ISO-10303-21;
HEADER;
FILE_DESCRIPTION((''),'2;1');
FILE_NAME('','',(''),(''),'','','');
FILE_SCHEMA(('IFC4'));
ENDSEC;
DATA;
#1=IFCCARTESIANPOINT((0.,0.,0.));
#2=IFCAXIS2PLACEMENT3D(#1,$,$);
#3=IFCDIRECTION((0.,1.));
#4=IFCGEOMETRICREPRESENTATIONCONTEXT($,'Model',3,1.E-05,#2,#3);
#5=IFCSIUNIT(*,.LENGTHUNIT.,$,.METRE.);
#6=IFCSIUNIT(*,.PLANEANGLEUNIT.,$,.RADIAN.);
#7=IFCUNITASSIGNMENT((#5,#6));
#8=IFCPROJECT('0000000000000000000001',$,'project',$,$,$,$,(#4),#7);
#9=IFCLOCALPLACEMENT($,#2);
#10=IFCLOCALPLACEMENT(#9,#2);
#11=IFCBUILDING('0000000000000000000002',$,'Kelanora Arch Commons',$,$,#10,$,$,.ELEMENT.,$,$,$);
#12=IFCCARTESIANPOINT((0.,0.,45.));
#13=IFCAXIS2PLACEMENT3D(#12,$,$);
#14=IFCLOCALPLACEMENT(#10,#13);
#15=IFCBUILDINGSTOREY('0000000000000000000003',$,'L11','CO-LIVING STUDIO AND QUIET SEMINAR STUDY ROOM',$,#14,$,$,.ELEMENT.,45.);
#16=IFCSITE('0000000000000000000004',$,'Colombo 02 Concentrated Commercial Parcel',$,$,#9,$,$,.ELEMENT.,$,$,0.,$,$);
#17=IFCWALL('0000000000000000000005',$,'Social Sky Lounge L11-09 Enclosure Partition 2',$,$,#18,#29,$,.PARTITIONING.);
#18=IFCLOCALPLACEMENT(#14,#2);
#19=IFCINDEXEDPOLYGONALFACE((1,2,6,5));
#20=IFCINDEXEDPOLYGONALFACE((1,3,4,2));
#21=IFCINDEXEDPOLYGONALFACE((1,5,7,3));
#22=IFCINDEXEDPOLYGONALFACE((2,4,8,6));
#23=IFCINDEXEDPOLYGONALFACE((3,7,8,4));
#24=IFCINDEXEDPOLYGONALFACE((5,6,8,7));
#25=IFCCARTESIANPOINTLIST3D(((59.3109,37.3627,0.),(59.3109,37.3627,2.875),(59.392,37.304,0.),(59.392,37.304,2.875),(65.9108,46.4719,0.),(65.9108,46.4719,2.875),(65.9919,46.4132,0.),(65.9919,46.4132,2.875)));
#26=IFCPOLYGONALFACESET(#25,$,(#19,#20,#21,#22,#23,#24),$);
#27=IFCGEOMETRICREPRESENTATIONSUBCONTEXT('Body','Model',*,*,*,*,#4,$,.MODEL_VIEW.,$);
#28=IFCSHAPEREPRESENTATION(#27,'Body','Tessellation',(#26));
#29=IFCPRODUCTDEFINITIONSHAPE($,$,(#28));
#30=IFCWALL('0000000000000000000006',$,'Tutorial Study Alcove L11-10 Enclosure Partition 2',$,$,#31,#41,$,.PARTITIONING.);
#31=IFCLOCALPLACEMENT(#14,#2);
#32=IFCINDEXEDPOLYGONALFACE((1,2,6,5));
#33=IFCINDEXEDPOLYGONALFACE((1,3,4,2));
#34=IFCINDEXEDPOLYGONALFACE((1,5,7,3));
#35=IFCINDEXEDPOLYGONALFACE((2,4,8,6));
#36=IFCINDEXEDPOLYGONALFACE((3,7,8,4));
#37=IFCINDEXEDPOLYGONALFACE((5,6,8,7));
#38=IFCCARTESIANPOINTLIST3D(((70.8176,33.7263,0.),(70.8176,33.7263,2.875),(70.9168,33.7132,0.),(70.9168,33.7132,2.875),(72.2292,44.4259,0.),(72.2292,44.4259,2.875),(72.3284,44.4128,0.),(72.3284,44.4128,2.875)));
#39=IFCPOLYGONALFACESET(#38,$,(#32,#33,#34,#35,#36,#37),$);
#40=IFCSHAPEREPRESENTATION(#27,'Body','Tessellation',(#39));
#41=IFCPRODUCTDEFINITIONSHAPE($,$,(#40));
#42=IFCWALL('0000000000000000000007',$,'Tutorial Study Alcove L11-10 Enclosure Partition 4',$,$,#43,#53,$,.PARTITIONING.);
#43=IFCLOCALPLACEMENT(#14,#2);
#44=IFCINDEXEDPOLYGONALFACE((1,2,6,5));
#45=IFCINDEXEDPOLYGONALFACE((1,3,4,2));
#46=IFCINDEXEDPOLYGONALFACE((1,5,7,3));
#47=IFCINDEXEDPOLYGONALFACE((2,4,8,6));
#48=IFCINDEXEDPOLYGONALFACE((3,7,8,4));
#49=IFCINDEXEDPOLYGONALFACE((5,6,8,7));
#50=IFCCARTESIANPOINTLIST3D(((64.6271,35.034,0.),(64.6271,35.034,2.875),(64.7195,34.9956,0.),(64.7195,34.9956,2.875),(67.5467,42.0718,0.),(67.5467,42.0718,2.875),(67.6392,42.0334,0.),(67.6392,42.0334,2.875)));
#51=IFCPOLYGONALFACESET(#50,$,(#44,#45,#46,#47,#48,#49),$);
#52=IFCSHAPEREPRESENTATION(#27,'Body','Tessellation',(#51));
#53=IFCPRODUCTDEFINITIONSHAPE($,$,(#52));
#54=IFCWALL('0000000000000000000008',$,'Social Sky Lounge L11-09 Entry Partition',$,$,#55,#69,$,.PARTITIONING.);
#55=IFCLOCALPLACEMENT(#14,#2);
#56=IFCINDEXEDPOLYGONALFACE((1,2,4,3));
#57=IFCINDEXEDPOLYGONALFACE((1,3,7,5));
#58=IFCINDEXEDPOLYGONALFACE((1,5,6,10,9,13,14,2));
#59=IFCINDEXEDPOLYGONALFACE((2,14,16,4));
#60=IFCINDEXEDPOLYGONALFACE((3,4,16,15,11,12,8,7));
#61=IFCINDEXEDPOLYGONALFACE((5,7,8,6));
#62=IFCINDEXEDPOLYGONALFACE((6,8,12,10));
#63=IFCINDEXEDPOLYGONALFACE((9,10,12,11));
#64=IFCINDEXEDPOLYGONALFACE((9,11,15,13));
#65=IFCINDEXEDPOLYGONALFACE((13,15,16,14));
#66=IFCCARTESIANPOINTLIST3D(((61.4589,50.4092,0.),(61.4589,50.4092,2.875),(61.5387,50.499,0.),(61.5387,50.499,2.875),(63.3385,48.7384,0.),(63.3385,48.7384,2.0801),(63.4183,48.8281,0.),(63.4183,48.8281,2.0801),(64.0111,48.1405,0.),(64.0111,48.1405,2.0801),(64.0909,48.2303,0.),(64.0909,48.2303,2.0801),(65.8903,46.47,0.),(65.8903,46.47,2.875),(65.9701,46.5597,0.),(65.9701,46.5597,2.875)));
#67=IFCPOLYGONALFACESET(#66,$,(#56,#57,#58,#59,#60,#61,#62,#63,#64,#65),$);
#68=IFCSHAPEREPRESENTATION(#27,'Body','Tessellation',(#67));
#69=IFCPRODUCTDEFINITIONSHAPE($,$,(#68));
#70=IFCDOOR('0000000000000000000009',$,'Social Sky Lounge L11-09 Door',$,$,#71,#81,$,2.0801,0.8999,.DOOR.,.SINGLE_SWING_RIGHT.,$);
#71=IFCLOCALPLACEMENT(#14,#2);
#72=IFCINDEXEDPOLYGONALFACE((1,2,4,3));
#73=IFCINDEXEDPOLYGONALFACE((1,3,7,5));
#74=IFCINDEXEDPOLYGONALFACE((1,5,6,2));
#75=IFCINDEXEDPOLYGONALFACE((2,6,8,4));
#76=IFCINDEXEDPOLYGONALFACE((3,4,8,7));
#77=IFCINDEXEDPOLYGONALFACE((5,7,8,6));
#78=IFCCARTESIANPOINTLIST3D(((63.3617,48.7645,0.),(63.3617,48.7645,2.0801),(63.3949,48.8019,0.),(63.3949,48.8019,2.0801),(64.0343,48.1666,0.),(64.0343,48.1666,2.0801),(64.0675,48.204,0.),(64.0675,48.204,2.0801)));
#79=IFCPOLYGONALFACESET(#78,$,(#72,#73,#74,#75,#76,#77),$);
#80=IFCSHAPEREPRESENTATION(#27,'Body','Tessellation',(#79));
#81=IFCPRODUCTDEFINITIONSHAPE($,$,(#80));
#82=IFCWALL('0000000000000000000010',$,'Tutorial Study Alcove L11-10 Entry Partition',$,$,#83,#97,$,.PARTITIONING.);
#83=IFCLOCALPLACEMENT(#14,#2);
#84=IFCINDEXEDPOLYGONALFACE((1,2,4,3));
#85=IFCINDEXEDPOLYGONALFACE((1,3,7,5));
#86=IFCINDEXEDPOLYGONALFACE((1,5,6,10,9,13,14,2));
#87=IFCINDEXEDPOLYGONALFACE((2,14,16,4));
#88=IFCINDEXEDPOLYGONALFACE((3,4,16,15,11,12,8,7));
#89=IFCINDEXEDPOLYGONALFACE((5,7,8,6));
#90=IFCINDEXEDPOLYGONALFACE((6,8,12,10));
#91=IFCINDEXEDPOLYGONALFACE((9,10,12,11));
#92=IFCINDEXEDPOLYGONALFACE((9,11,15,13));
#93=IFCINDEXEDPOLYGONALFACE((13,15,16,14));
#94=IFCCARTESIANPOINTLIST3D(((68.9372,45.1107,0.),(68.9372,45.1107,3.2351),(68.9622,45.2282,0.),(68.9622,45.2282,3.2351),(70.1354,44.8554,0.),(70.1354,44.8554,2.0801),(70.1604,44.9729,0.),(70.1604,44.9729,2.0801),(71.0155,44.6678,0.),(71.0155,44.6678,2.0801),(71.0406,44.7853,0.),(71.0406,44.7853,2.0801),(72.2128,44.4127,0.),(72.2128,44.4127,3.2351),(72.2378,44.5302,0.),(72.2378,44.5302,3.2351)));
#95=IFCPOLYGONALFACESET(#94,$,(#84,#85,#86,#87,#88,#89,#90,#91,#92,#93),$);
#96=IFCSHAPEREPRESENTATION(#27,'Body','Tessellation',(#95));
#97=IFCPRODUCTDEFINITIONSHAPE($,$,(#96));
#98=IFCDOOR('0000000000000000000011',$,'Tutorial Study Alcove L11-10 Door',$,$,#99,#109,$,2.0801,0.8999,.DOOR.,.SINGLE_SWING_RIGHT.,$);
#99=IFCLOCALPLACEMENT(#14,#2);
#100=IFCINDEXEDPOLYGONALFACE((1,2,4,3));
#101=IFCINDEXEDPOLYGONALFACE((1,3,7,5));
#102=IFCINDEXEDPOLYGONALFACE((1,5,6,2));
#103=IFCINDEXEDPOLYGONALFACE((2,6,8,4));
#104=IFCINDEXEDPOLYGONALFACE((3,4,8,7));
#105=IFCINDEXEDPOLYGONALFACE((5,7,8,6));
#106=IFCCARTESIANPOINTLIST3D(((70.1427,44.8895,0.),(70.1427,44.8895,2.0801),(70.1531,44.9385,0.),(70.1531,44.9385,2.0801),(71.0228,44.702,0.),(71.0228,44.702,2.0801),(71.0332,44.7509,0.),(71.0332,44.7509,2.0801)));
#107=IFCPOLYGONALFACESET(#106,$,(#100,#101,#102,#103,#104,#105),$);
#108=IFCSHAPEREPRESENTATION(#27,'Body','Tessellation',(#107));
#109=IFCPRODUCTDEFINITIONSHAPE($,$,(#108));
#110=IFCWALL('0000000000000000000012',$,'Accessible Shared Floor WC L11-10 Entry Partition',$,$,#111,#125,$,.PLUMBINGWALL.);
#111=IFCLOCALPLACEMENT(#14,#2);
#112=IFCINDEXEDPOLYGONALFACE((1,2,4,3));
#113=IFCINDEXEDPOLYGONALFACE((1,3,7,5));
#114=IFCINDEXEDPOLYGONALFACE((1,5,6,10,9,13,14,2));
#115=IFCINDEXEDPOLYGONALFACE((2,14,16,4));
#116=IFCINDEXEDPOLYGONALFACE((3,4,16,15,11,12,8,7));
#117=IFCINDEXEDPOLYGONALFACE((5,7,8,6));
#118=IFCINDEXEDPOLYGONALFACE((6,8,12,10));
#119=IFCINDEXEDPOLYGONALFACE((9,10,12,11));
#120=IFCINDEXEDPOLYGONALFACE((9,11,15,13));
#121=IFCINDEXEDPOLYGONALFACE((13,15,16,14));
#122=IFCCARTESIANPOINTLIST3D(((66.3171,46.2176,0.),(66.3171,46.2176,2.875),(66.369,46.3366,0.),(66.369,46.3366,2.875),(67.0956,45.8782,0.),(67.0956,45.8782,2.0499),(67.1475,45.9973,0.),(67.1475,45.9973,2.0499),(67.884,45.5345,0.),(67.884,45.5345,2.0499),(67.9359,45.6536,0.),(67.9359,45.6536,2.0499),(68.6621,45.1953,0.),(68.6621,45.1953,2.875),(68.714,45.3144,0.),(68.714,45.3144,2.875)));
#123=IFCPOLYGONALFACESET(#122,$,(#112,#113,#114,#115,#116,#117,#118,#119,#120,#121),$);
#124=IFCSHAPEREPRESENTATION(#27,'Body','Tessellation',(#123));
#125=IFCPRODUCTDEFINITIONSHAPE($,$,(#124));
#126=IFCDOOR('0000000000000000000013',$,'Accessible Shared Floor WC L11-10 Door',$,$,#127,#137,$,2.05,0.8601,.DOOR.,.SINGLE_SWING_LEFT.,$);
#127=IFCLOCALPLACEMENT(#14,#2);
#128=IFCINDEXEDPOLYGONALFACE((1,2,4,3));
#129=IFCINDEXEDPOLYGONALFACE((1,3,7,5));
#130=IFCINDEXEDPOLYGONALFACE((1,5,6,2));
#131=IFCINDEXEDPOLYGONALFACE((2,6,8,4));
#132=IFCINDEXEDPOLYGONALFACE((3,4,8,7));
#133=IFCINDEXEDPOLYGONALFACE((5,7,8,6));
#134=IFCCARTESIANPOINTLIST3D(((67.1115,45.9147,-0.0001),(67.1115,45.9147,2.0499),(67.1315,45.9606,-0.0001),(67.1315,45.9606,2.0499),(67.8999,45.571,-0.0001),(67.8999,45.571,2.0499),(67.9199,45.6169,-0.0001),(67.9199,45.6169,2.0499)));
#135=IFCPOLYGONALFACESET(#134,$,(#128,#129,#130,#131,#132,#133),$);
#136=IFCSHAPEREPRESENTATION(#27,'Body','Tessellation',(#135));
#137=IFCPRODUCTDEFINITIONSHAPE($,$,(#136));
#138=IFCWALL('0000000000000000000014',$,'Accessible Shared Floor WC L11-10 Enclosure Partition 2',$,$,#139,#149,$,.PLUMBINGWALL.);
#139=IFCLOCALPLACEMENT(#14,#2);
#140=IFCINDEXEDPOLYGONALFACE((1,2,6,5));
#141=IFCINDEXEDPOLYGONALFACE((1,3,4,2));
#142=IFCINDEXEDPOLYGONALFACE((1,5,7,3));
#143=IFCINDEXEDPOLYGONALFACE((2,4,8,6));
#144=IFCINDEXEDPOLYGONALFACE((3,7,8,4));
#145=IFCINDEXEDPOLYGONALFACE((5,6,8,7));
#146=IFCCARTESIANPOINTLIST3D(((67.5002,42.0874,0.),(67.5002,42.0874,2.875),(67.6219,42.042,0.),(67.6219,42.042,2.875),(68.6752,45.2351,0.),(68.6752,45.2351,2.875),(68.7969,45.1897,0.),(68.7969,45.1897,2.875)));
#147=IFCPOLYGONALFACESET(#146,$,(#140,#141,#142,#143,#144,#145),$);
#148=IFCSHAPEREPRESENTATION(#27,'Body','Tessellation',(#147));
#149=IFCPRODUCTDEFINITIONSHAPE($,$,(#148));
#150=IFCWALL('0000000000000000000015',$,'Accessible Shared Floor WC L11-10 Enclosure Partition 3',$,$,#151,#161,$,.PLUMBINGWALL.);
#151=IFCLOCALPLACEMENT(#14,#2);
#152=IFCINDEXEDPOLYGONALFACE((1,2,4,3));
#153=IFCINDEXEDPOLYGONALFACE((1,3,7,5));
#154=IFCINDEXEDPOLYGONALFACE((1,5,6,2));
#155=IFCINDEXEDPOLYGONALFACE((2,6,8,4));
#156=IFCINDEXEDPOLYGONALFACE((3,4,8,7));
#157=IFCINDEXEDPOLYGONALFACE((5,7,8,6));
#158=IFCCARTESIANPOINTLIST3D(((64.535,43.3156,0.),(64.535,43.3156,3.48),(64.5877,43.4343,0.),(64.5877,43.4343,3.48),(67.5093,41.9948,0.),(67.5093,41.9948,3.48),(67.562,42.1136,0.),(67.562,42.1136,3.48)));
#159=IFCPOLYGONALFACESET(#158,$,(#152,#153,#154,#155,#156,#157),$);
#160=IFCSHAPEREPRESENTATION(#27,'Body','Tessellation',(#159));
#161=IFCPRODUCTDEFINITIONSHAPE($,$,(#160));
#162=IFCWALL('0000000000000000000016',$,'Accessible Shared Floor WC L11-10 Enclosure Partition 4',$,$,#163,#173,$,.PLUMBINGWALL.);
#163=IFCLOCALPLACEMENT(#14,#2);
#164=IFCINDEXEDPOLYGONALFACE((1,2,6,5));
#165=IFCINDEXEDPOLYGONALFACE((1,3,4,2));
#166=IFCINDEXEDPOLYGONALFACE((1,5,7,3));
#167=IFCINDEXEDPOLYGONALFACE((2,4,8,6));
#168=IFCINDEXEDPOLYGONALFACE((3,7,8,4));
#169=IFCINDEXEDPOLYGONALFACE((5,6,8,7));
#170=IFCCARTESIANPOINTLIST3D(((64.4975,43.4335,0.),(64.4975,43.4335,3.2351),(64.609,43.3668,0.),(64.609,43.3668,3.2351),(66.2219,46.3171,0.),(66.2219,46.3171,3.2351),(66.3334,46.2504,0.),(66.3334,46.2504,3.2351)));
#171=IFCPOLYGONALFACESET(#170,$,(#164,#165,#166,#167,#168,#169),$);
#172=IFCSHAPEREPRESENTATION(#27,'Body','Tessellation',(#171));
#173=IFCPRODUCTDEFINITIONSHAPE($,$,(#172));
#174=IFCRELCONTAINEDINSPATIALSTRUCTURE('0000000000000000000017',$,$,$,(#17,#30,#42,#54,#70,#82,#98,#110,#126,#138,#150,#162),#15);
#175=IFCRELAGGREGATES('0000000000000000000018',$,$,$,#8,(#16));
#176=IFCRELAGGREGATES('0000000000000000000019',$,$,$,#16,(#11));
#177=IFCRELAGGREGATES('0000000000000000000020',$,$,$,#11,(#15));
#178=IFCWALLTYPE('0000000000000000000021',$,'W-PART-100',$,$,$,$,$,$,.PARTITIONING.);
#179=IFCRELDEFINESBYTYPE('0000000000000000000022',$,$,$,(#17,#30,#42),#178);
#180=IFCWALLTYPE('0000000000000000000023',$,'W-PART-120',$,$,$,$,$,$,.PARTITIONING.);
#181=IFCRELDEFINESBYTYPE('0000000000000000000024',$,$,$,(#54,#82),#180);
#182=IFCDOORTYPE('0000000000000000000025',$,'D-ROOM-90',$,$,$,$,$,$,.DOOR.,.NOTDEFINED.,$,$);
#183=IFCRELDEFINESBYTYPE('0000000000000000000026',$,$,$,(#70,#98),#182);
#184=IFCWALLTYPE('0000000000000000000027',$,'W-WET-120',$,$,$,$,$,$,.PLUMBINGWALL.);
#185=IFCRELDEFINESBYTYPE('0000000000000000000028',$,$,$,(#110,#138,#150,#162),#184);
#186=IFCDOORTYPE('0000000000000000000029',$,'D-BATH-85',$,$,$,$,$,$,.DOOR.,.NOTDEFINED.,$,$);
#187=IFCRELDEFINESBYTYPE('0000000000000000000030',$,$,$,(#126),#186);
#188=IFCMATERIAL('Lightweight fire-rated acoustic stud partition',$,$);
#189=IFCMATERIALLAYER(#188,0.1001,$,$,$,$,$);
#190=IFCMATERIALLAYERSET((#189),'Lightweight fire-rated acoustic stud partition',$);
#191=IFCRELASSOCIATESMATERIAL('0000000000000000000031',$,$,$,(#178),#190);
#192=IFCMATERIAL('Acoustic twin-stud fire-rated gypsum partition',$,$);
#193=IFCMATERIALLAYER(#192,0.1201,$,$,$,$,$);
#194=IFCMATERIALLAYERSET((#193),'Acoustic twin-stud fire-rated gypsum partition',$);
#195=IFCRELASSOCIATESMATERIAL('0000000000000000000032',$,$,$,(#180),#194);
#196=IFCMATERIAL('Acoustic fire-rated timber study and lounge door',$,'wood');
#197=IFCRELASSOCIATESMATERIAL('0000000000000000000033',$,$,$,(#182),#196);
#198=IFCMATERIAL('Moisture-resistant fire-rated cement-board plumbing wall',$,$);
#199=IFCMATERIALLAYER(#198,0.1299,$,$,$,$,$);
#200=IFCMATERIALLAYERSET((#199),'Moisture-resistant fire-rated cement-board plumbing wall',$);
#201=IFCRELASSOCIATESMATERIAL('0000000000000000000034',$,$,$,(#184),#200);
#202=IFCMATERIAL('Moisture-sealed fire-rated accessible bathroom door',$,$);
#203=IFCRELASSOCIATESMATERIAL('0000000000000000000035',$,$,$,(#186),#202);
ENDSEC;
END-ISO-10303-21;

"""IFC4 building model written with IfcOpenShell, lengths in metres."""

from ifc_helpers import new_model, si_unit, direction, frame, frame_2d, origin, place, context, subcontext, project, spatial, rectangle, extrude, material, layer, layer_set, type_object, element, fill, save


model = new_model("IFC4")

# Units and contexts
model_context = context("Model", 3, precision=1e-05, world=origin(), true_north=direction((0.0, 1.0)))
body_context = subcontext(model_context, "Body", "Model", "MODEL_VIEW")
ifc_project = project(units=[si_unit("LENGTHUNIT", "METRE"), si_unit("PLANEANGLEUNIT", "RADIAN")], contexts=[model_context])

# Site, building, storey
site_placement = place(None, origin())
site = spatial("IfcSite", under=ifc_project, at=site_placement, Name="Colombo 02 Concentrated Commercial Parcel", CompositionType="ELEMENT", RefElevation=0.0)
building_placement = place(site_placement, origin())
building = spatial("IfcBuilding", under=site, at=building_placement, Name="Kelanora Arch Commons", CompositionType="ELEMENT")
storey_placement = place(building_placement, frame((0.0, 0.0, 45.0)))
storey = spatial("IfcBuildingStorey", under=building, at=storey_placement, Name="L11", Description="CO-LIVING STUDIO AND QUIET SEMINAR STUDY ROOM", CompositionType="ELEMENT", Elevation=45.0)

# Walls
ifc_material_1 = material(Name="Lightweight fire-rated acoustic stud partition")
ifc_layer_1 = layer(ifc_material_1, 0.1001)
ifc_layer_set_1 = layer_set([ifc_layer_1], Name="Lightweight fire-rated acoustic stud partition")
wall_type_1 = type_object("IfcWallType", Name="W-PART-100", PredefinedType="PARTITIONING", material=ifc_layer_set_1)
wall_1_placement = place(storey_placement, frame((65.9514, 46.4426, 0.0), z_axis=(0.0, 0.0, 1.0), x_axis=(-0.586719, -0.809791, 0.0)))
element("IfcWall", 1, at=wall_1_placement, inside=storey, type_object=wall_type_1, Name="Social Sky Lounge L11-09 Enclosure Partition 2", PredefinedType="PARTITIONING", context=body_context, shape_type="SweptSolid", body=[
    extrude(rectangle(XDim=11.2488, YDim=0.1001, at=frame_2d((5.6245, 0.0))), origin(), (0.0, 0.0, 1.0), 2.875),
])
wall_2_placement = place(storey_placement, frame((72.2788, 44.4192, 0.0), z_axis=(0.0, 0.0, 1.0), x_axis=(-0.1308, -0.991409, 0.0)))
element("IfcWall", 2, at=wall_2_placement, inside=storey, type_object=wall_type_1, Name="Tutorial Study Alcove L11-10 Enclosure Partition 2", PredefinedType="PARTITIONING", context=body_context, shape_type="SweptSolid", body=[
    extrude(rectangle(XDim=10.7922, YDim=0.1001, at=frame_2d((5.396, 0.0))), origin(), (0.0, 0.0, 1.0), 2.875),
])
wall_3_placement = place(storey_placement, frame((64.6733, 35.0149, 0.0), z_axis=(0.0, 0.0, 1.0), x_axis=(0.383188, 0.92367, 0.0)))
element("IfcWall", 3, at=wall_3_placement, inside=storey, type_object=wall_type_1, Name="Tutorial Study Alcove L11-10 Enclosure Partition 4", PredefinedType="PARTITIONING", context=body_context, shape_type="SweptSolid", body=[
    extrude(rectangle(XDim=7.6194, YDim=0.1001, at=frame_2d((3.8096, 0.0))), origin(), (0.0, 0.0, 1.0), 2.875),
])

# Walls, openings, doors
ifc_material_2 = material(Name="Acoustic twin-stud fire-rated gypsum partition")
ifc_layer_2 = layer(ifc_material_2, 0.1201)
ifc_layer_set_2 = layer_set([ifc_layer_2], Name="Acoustic twin-stud fire-rated gypsum partition")
wall_type_2 = type_object("IfcWallType", Name="W-PART-120", PredefinedType="PARTITIONING", material=ifc_layer_set_2)
wall_4_placement = place(storey_placement, frame((61.4988, 50.4541, 0.0), z_axis=(0.0, 0.0, 1.0), x_axis=(0.747393, -0.664382, 0.0)))
wall_4 = element("IfcWall", 4, at=wall_4_placement, inside=storey, type_object=wall_type_2, Name="Social Sky Lounge L11-09 Entry Partition", PredefinedType="PARTITIONING", context=body_context, shape_type="SweptSolid", body=[
    extrude(rectangle(XDim=5.9292, YDim=0.1201, at=frame_2d((2.9646, 0.0))), origin(), (0.0, 0.0, 1.0), 2.875),
])
opening_1_placement = place(wall_4_placement, frame((2.5149, 0.0, 0.0)))
opening_1 = element("IfcOpeningElement", 5, at=opening_1_placement, cuts=wall_4, PredefinedType="OPENING", context=body_context, shape_type="SweptSolid", body=[
    extrude(rectangle(XDim=0.8999, YDim=2.0801, at=frame_2d((0.45, 1.04))), frame((0.0, 0.0701, 0.0), z_axis=(0.0, -1.0, 0.0), x_axis=(1.0, 0.0, 0.0)), (0.0, 0.0, 1.0), 0.1401),
])
ifc_material_3 = material(Name="Acoustic fire-rated timber study and lounge door", Category="wood")
door_type_1 = type_object("IfcDoorType", Name="D-ROOM-90", OperationType="NOTDEFINED", PredefinedType="DOOR", material=ifc_material_3)
door_1_placement = place(opening_1_placement, origin())
door_1 = element("IfcDoor", 6, at=door_1_placement, inside=storey, type_object=door_type_1, Name="Social Sky Lounge L11-09 Door", OperationType="SINGLE_SWING_RIGHT", OverallHeight=2.0801, OverallWidth=0.8999, PredefinedType="DOOR", context=body_context, shape_type="SweptSolid", body=[
    extrude(rectangle(XDim=0.8999, YDim=2.0801, at=frame_2d((0.45, 1.04))), frame((0.0, 0.0249, 0.0), z_axis=(0.0, -1.0, 0.0), x_axis=(1.0, 0.0, 0.0)), (0.0, 0.0, 1.0), 0.05),
])
fill(opening_1, door_1)
wall_5_placement = place(storey_placement, frame((68.9497, 45.1694, 0.0), z_axis=(0.0, 0.0, 1.0), x_axis=(0.978042, -0.208409, 0.0)))
wall_5 = element("IfcWall", 7, at=wall_5_placement, inside=storey, type_object=wall_type_2, Name="Tutorial Study Alcove L11-10 Entry Partition", PredefinedType="PARTITIONING", context=body_context, shape_type="SweptSolid", body=[
    extrude(rectangle(XDim=3.3491, YDim=0.1201, at=frame_2d((1.6746, 0.0))), origin(), (0.0, 0.0, 1.0), 3.2351),
])
opening_2_placement = place(wall_5_placement, frame((1.2251, 0.0, 0.0)))
opening_2 = element("IfcOpeningElement", 8, at=opening_2_placement, cuts=wall_5, PredefinedType="OPENING", context=body_context, shape_type="SweptSolid", body=[
    extrude(rectangle(XDim=0.8999, YDim=2.0801, at=frame_2d((0.45, 1.04))), frame((0.0, 0.0701, 0.0), z_axis=(0.0, -1.0, 0.0), x_axis=(1.0, 0.0, 0.0)), (0.0, 0.0, 1.0), 0.1401),
])
door_2_placement = place(opening_2_placement, origin())
door_2 = element("IfcDoor", 9, at=door_2_placement, inside=storey, type_object=door_type_1, Name="Tutorial Study Alcove L11-10 Door", OperationType="SINGLE_SWING_RIGHT", OverallHeight=2.0801, OverallWidth=0.8999, PredefinedType="DOOR", context=body_context, shape_type="SweptSolid", body=[
    extrude(rectangle(XDim=0.8999, YDim=2.0801, at=frame_2d((0.45, 1.04))), frame((0.0, 0.0249, 0.0), z_axis=(0.0, -1.0, 0.0), x_axis=(1.0, 0.0, 0.0)), (0.0, 0.0, 1.0), 0.05),
])
fill(opening_2, door_2)
ifc_material_4 = material(Name="Moisture-resistant fire-rated cement-board plumbing wall")
ifc_layer_3 = layer(ifc_material_4, 0.1299)
ifc_layer_set_3 = layer_set([ifc_layer_3], Name="Moisture-resistant fire-rated cement-board plumbing wall")
wall_type_3 = type_object("IfcWallType", Name="W-WET-120", PredefinedType="PLUMBINGWALL", material=ifc_layer_set_3)
wall_6_placement = place(storey_placement, frame((66.343, 46.2771, 0.0), z_axis=(0.0, 0.0, 1.0), x_axis=(0.916689, -0.399602, 0.0)))
wall_6 = element("IfcWall", 10, at=wall_6_placement, inside=storey, type_object=wall_type_3, Name="Accessible Shared Floor WC L11-10 Entry Partition", PredefinedType="PLUMBINGWALL", context=body_context, shape_type="SweptSolid", body=[
    extrude(rectangle(XDim=2.5581, YDim=0.1299, at=frame_2d((1.2791, 0.0))), origin(), (0.0, 0.0, 1.0), 2.875),
])
opening_3_placement = place(wall_6_placement, frame((0.8491, 0.0, 0.0)))
opening_3 = element("IfcOpeningElement", 11, at=opening_3_placement, cuts=wall_6, PredefinedType="OPENING", context=body_context, shape_type="SweptSolid", body=[
    extrude(rectangle(XDim=0.8601, YDim=2.05, at=frame_2d((0.4302, 1.0249))), frame((0.0, 0.075, 0.0), z_axis=(0.0, -1.0, 0.0), x_axis=(1.0, 0.0, 0.0)), (0.0, 0.0, 1.0), 0.1499),
])
ifc_material_5 = material(Name="Moisture-sealed fire-rated accessible bathroom door")
door_type_2 = type_object("IfcDoorType", Name="D-BATH-85", OperationType="NOTDEFINED", PredefinedType="DOOR", material=ifc_material_5)
door_3_placement = place(opening_3_placement, origin())
door_3 = element("IfcDoor", 12, at=door_3_placement, inside=storey, type_object=door_type_2, Name="Accessible Shared Floor WC L11-10 Door", OperationType="SINGLE_SWING_LEFT", OverallHeight=2.05, OverallWidth=0.8601, PredefinedType="DOOR", context=body_context, shape_type="SweptSolid", body=[
    extrude(rectangle(XDim=0.8601, YDim=2.05, at=frame_2d((0.4302, 1.0249))), frame((0.0, 0.0249, 0.0), z_axis=(0.0, -1.0, 0.0), x_axis=(1.0, 0.0, 0.0)), (0.0, 0.0, 1.0), 0.05),
])
fill(opening_3, door_3)

# Walls
wall_7_placement = place(storey_placement, frame((68.7361, 45.2124, 0.0), z_axis=(0.0, 0.0, 1.0), x_axis=(-0.34973, -0.936851, 0.0)))
element("IfcWall", 13, at=wall_7_placement, inside=storey, type_object=wall_type_3, Name="Accessible Shared Floor WC L11-10 Enclosure Partition 2", PredefinedType="PLUMBINGWALL", context=body_context, shape_type="SweptSolid", body=[
    extrude(rectangle(XDim=3.3599, YDim=0.1299, at=frame_2d((1.6799, 0.0))), origin(), (0.0, 0.0, 1.0), 2.875),
])
wall_8_placement = place(storey_placement, frame((67.5356, 42.0542, 0.0), z_axis=(0.0, 0.0, 1.0), x_axis=(-0.913941, 0.405846, 0.0)))
element("IfcWall", 14, at=wall_8_placement, inside=storey, type_object=wall_type_3, Name="Accessible Shared Floor WC L11-10 Enclosure Partition 3", PredefinedType="PLUMBINGWALL", context=body_context, shape_type="SweptSolid", body=[
    extrude(rectangle(XDim=3.2544, YDim=0.1299, at=frame_2d((1.6272, 0.0))), origin(), (0.0, 0.0, 1.0), 3.48),
])
wall_9_placement = place(storey_placement, frame((64.5532, 43.4001, 0.0), z_axis=(0.0, 0.0, 1.0), x_axis=(0.513234, 0.858249, 0.0)))
element("IfcWall", 15, at=wall_9_placement, inside=storey, type_object=wall_type_3, Name="Accessible Shared Floor WC L11-10 Enclosure Partition 4", PredefinedType="PLUMBINGWALL", context=body_context, shape_type="SweptSolid", body=[
    extrude(rectangle(XDim=3.3599, YDim=0.1299, at=frame_2d((1.6799, 0.0))), origin(), (0.0, 0.0, 1.0), 3.2351),
])

save(model, "model.ifc")
